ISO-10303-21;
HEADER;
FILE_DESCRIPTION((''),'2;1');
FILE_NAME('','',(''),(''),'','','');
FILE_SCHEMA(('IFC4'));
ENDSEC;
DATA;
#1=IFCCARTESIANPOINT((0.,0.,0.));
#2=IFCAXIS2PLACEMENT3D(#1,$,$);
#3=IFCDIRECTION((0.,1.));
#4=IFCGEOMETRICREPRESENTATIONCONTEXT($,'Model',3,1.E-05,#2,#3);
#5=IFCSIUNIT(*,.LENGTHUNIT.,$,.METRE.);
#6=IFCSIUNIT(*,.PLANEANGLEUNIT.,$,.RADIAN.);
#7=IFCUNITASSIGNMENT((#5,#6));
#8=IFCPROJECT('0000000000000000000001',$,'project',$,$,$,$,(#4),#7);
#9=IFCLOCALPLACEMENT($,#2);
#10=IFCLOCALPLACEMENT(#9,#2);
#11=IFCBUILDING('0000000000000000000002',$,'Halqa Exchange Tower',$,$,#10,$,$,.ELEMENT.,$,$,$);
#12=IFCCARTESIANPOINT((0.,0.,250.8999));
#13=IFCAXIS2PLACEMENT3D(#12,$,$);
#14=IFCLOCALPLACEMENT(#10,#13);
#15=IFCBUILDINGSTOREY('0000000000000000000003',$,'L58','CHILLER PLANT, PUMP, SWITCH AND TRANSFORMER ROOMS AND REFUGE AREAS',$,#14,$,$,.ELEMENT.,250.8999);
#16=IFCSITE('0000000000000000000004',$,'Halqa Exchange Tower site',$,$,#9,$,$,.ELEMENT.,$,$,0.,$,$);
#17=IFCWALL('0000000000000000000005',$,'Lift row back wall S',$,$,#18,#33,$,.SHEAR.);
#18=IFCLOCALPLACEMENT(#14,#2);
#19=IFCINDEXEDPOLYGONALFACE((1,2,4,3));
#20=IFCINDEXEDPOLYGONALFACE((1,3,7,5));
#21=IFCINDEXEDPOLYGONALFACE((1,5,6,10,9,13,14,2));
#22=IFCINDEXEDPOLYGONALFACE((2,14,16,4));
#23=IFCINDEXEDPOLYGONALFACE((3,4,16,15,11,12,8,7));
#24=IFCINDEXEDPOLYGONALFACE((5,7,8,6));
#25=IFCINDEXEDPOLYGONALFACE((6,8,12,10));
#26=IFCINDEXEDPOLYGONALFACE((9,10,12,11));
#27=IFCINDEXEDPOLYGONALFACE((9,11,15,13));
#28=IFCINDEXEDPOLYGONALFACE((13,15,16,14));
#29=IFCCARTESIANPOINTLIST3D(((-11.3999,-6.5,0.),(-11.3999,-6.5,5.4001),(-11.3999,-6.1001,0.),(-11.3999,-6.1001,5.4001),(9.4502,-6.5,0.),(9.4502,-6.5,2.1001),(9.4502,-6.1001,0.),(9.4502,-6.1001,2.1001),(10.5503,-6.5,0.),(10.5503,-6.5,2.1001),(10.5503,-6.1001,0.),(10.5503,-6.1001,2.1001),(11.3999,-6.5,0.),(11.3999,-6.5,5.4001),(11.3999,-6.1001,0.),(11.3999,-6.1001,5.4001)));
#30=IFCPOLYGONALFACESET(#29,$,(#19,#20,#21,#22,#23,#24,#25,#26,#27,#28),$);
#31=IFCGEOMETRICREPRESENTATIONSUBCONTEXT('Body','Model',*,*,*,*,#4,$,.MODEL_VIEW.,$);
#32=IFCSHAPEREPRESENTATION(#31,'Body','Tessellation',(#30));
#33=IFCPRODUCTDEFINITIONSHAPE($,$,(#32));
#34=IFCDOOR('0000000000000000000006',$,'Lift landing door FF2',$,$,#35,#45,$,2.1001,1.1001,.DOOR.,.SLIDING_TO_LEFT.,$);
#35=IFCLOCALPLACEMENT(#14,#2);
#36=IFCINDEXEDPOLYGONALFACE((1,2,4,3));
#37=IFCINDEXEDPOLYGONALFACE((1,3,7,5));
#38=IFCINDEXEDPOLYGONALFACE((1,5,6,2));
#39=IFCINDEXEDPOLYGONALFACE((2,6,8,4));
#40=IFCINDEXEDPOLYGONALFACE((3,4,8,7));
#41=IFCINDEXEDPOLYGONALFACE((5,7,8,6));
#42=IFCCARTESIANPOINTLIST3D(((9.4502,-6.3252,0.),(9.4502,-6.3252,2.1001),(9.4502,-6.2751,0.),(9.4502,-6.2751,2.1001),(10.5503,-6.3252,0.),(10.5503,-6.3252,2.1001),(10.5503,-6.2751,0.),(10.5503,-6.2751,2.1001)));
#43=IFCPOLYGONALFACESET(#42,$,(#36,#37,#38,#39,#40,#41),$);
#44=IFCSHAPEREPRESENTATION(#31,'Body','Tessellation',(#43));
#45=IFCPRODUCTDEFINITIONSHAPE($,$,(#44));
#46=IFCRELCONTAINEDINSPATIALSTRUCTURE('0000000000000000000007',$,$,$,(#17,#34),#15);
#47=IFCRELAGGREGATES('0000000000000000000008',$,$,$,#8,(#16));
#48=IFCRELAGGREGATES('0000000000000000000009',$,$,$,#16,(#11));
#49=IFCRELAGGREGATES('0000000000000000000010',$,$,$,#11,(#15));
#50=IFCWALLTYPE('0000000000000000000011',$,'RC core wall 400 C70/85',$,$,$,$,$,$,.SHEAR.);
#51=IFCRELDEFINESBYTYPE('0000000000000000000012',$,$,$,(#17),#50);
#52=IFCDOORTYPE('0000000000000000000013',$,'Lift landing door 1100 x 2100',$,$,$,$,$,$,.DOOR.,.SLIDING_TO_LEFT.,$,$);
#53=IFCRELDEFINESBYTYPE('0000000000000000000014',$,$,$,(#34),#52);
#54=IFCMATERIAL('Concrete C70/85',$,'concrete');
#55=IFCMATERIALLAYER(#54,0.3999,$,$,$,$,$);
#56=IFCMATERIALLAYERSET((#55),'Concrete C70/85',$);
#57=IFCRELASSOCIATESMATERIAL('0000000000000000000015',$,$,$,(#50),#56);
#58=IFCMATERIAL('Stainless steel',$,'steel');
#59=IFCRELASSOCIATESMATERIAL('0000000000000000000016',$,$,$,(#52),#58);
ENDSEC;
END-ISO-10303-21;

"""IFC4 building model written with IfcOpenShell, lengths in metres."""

from ifc_helpers import new_model, si_unit, direction, frame, frame_2d, origin, place, context, subcontext, project, spatial, rectangle, extrude, material, layer, layer_set, type_object, element, fill, save


model = new_model("IFC4")

# Units and contexts
model_context = context("Model", 3, precision=1e-05, world=origin(), true_north=direction((0.0, 1.0)))
body_context = subcontext(model_context, "Body", "Model", "MODEL_VIEW")
ifc_project = project(units=[si_unit("LENGTHUNIT", "METRE"), si_unit("PLANEANGLEUNIT", "RADIAN")], contexts=[model_context])

# Site, building, storey
site_placement = place(None, origin())
site = spatial("IfcSite", under=ifc_project, at=site_placement, Name="Halqa Exchange Tower site", CompositionType="ELEMENT", RefElevation=0.0)
building_placement = place(site_placement, origin())
building = spatial("IfcBuilding", under=site, at=building_placement, Name="Halqa Exchange Tower", CompositionType="ELEMENT")
storey_placement = place(building_placement, frame((0.0, 0.0, 250.8999)))
storey = spatial("IfcBuildingStorey", under=building, at=storey_placement, Name="L58", Description="CHILLER PLANT, PUMP, SWITCH AND TRANSFORMER ROOMS AND REFUGE AREAS", CompositionType="ELEMENT", Elevation=250.8999)

# Shared definitions
ifc_material_1 = material(Name="Concrete C70/85", Category="concrete")
ifc_layer_1 = layer(ifc_material_1, 0.3999)
ifc_layer_set_1 = layer_set([ifc_layer_1], Name="Concrete C70/85")
wall_type_1 = type_object("IfcWallType", Name="RC core wall 400 C70/85", PredefinedType="SHEAR", material=ifc_layer_set_1)
ifc_material_2 = material(Name="Stainless steel", Category="steel")
door_type_1 = type_object("IfcDoorType", Name="Lift landing door 1100 x 2100", OperationType="SLIDING_TO_LEFT", PredefinedType="DOOR", material=ifc_material_2)

# Wall, opening, door
wall_1_placement = place(storey_placement, frame((-11.3999, -6.3, 0.0), z_axis=(0.0, 0.0, 1.0), x_axis=(1.0, 0.0, 0.0)))
wall_1 = element("IfcWall", 1, at=wall_1_placement, inside=storey, type_object=wall_type_1, Name="Lift row back wall S", PredefinedType="SHEAR", context=body_context, shape_type="SweptSolid", body=[
    extrude(rectangle(XDim=22.7998, YDim=0.3999, at=frame_2d((11.3999, 0.0))), origin(), (0.0, 0.0, 1.0), 5.4001),
])
opening_1_placement = place(wall_1_placement, frame((20.8501, 0.0, 0.0)))
opening_1 = element("IfcOpeningElement", 2, at=opening_1_placement, cuts=wall_1, PredefinedType="OPENING", context=body_context, shape_type="SweptSolid", body=[
    extrude(rectangle(XDim=1.1001, YDim=2.1001, at=frame_2d((0.55, 1.05))), frame((0.0, 0.2119, 0.0), z_axis=(0.0, -1.0, 0.0), x_axis=(1.0, 0.0, 0.0)), (0.0, 0.0, 1.0), 0.4238),
])
door_1_placement = place(opening_1_placement, origin())
door_1 = element("IfcDoor", 3, at=door_1_placement, inside=storey, type_object=door_type_1, Name="Lift landing door FF2", OperationType="SLIDING_TO_LEFT", OverallHeight=2.1001, OverallWidth=1.1001, PredefinedType="DOOR", context=body_context, shape_type="SweptSolid", body=[
    extrude(rectangle(XDim=1.1001, YDim=2.1001, at=frame_2d((0.55, 1.05))), frame((0.0, 0.0249, 0.0), z_axis=(0.0, -1.0, 0.0), x_axis=(1.0, 0.0, 0.0)), (0.0, 0.0, 1.0), 0.05),
])
fill(opening_1, door_1)

save(model, "model.ifc")
